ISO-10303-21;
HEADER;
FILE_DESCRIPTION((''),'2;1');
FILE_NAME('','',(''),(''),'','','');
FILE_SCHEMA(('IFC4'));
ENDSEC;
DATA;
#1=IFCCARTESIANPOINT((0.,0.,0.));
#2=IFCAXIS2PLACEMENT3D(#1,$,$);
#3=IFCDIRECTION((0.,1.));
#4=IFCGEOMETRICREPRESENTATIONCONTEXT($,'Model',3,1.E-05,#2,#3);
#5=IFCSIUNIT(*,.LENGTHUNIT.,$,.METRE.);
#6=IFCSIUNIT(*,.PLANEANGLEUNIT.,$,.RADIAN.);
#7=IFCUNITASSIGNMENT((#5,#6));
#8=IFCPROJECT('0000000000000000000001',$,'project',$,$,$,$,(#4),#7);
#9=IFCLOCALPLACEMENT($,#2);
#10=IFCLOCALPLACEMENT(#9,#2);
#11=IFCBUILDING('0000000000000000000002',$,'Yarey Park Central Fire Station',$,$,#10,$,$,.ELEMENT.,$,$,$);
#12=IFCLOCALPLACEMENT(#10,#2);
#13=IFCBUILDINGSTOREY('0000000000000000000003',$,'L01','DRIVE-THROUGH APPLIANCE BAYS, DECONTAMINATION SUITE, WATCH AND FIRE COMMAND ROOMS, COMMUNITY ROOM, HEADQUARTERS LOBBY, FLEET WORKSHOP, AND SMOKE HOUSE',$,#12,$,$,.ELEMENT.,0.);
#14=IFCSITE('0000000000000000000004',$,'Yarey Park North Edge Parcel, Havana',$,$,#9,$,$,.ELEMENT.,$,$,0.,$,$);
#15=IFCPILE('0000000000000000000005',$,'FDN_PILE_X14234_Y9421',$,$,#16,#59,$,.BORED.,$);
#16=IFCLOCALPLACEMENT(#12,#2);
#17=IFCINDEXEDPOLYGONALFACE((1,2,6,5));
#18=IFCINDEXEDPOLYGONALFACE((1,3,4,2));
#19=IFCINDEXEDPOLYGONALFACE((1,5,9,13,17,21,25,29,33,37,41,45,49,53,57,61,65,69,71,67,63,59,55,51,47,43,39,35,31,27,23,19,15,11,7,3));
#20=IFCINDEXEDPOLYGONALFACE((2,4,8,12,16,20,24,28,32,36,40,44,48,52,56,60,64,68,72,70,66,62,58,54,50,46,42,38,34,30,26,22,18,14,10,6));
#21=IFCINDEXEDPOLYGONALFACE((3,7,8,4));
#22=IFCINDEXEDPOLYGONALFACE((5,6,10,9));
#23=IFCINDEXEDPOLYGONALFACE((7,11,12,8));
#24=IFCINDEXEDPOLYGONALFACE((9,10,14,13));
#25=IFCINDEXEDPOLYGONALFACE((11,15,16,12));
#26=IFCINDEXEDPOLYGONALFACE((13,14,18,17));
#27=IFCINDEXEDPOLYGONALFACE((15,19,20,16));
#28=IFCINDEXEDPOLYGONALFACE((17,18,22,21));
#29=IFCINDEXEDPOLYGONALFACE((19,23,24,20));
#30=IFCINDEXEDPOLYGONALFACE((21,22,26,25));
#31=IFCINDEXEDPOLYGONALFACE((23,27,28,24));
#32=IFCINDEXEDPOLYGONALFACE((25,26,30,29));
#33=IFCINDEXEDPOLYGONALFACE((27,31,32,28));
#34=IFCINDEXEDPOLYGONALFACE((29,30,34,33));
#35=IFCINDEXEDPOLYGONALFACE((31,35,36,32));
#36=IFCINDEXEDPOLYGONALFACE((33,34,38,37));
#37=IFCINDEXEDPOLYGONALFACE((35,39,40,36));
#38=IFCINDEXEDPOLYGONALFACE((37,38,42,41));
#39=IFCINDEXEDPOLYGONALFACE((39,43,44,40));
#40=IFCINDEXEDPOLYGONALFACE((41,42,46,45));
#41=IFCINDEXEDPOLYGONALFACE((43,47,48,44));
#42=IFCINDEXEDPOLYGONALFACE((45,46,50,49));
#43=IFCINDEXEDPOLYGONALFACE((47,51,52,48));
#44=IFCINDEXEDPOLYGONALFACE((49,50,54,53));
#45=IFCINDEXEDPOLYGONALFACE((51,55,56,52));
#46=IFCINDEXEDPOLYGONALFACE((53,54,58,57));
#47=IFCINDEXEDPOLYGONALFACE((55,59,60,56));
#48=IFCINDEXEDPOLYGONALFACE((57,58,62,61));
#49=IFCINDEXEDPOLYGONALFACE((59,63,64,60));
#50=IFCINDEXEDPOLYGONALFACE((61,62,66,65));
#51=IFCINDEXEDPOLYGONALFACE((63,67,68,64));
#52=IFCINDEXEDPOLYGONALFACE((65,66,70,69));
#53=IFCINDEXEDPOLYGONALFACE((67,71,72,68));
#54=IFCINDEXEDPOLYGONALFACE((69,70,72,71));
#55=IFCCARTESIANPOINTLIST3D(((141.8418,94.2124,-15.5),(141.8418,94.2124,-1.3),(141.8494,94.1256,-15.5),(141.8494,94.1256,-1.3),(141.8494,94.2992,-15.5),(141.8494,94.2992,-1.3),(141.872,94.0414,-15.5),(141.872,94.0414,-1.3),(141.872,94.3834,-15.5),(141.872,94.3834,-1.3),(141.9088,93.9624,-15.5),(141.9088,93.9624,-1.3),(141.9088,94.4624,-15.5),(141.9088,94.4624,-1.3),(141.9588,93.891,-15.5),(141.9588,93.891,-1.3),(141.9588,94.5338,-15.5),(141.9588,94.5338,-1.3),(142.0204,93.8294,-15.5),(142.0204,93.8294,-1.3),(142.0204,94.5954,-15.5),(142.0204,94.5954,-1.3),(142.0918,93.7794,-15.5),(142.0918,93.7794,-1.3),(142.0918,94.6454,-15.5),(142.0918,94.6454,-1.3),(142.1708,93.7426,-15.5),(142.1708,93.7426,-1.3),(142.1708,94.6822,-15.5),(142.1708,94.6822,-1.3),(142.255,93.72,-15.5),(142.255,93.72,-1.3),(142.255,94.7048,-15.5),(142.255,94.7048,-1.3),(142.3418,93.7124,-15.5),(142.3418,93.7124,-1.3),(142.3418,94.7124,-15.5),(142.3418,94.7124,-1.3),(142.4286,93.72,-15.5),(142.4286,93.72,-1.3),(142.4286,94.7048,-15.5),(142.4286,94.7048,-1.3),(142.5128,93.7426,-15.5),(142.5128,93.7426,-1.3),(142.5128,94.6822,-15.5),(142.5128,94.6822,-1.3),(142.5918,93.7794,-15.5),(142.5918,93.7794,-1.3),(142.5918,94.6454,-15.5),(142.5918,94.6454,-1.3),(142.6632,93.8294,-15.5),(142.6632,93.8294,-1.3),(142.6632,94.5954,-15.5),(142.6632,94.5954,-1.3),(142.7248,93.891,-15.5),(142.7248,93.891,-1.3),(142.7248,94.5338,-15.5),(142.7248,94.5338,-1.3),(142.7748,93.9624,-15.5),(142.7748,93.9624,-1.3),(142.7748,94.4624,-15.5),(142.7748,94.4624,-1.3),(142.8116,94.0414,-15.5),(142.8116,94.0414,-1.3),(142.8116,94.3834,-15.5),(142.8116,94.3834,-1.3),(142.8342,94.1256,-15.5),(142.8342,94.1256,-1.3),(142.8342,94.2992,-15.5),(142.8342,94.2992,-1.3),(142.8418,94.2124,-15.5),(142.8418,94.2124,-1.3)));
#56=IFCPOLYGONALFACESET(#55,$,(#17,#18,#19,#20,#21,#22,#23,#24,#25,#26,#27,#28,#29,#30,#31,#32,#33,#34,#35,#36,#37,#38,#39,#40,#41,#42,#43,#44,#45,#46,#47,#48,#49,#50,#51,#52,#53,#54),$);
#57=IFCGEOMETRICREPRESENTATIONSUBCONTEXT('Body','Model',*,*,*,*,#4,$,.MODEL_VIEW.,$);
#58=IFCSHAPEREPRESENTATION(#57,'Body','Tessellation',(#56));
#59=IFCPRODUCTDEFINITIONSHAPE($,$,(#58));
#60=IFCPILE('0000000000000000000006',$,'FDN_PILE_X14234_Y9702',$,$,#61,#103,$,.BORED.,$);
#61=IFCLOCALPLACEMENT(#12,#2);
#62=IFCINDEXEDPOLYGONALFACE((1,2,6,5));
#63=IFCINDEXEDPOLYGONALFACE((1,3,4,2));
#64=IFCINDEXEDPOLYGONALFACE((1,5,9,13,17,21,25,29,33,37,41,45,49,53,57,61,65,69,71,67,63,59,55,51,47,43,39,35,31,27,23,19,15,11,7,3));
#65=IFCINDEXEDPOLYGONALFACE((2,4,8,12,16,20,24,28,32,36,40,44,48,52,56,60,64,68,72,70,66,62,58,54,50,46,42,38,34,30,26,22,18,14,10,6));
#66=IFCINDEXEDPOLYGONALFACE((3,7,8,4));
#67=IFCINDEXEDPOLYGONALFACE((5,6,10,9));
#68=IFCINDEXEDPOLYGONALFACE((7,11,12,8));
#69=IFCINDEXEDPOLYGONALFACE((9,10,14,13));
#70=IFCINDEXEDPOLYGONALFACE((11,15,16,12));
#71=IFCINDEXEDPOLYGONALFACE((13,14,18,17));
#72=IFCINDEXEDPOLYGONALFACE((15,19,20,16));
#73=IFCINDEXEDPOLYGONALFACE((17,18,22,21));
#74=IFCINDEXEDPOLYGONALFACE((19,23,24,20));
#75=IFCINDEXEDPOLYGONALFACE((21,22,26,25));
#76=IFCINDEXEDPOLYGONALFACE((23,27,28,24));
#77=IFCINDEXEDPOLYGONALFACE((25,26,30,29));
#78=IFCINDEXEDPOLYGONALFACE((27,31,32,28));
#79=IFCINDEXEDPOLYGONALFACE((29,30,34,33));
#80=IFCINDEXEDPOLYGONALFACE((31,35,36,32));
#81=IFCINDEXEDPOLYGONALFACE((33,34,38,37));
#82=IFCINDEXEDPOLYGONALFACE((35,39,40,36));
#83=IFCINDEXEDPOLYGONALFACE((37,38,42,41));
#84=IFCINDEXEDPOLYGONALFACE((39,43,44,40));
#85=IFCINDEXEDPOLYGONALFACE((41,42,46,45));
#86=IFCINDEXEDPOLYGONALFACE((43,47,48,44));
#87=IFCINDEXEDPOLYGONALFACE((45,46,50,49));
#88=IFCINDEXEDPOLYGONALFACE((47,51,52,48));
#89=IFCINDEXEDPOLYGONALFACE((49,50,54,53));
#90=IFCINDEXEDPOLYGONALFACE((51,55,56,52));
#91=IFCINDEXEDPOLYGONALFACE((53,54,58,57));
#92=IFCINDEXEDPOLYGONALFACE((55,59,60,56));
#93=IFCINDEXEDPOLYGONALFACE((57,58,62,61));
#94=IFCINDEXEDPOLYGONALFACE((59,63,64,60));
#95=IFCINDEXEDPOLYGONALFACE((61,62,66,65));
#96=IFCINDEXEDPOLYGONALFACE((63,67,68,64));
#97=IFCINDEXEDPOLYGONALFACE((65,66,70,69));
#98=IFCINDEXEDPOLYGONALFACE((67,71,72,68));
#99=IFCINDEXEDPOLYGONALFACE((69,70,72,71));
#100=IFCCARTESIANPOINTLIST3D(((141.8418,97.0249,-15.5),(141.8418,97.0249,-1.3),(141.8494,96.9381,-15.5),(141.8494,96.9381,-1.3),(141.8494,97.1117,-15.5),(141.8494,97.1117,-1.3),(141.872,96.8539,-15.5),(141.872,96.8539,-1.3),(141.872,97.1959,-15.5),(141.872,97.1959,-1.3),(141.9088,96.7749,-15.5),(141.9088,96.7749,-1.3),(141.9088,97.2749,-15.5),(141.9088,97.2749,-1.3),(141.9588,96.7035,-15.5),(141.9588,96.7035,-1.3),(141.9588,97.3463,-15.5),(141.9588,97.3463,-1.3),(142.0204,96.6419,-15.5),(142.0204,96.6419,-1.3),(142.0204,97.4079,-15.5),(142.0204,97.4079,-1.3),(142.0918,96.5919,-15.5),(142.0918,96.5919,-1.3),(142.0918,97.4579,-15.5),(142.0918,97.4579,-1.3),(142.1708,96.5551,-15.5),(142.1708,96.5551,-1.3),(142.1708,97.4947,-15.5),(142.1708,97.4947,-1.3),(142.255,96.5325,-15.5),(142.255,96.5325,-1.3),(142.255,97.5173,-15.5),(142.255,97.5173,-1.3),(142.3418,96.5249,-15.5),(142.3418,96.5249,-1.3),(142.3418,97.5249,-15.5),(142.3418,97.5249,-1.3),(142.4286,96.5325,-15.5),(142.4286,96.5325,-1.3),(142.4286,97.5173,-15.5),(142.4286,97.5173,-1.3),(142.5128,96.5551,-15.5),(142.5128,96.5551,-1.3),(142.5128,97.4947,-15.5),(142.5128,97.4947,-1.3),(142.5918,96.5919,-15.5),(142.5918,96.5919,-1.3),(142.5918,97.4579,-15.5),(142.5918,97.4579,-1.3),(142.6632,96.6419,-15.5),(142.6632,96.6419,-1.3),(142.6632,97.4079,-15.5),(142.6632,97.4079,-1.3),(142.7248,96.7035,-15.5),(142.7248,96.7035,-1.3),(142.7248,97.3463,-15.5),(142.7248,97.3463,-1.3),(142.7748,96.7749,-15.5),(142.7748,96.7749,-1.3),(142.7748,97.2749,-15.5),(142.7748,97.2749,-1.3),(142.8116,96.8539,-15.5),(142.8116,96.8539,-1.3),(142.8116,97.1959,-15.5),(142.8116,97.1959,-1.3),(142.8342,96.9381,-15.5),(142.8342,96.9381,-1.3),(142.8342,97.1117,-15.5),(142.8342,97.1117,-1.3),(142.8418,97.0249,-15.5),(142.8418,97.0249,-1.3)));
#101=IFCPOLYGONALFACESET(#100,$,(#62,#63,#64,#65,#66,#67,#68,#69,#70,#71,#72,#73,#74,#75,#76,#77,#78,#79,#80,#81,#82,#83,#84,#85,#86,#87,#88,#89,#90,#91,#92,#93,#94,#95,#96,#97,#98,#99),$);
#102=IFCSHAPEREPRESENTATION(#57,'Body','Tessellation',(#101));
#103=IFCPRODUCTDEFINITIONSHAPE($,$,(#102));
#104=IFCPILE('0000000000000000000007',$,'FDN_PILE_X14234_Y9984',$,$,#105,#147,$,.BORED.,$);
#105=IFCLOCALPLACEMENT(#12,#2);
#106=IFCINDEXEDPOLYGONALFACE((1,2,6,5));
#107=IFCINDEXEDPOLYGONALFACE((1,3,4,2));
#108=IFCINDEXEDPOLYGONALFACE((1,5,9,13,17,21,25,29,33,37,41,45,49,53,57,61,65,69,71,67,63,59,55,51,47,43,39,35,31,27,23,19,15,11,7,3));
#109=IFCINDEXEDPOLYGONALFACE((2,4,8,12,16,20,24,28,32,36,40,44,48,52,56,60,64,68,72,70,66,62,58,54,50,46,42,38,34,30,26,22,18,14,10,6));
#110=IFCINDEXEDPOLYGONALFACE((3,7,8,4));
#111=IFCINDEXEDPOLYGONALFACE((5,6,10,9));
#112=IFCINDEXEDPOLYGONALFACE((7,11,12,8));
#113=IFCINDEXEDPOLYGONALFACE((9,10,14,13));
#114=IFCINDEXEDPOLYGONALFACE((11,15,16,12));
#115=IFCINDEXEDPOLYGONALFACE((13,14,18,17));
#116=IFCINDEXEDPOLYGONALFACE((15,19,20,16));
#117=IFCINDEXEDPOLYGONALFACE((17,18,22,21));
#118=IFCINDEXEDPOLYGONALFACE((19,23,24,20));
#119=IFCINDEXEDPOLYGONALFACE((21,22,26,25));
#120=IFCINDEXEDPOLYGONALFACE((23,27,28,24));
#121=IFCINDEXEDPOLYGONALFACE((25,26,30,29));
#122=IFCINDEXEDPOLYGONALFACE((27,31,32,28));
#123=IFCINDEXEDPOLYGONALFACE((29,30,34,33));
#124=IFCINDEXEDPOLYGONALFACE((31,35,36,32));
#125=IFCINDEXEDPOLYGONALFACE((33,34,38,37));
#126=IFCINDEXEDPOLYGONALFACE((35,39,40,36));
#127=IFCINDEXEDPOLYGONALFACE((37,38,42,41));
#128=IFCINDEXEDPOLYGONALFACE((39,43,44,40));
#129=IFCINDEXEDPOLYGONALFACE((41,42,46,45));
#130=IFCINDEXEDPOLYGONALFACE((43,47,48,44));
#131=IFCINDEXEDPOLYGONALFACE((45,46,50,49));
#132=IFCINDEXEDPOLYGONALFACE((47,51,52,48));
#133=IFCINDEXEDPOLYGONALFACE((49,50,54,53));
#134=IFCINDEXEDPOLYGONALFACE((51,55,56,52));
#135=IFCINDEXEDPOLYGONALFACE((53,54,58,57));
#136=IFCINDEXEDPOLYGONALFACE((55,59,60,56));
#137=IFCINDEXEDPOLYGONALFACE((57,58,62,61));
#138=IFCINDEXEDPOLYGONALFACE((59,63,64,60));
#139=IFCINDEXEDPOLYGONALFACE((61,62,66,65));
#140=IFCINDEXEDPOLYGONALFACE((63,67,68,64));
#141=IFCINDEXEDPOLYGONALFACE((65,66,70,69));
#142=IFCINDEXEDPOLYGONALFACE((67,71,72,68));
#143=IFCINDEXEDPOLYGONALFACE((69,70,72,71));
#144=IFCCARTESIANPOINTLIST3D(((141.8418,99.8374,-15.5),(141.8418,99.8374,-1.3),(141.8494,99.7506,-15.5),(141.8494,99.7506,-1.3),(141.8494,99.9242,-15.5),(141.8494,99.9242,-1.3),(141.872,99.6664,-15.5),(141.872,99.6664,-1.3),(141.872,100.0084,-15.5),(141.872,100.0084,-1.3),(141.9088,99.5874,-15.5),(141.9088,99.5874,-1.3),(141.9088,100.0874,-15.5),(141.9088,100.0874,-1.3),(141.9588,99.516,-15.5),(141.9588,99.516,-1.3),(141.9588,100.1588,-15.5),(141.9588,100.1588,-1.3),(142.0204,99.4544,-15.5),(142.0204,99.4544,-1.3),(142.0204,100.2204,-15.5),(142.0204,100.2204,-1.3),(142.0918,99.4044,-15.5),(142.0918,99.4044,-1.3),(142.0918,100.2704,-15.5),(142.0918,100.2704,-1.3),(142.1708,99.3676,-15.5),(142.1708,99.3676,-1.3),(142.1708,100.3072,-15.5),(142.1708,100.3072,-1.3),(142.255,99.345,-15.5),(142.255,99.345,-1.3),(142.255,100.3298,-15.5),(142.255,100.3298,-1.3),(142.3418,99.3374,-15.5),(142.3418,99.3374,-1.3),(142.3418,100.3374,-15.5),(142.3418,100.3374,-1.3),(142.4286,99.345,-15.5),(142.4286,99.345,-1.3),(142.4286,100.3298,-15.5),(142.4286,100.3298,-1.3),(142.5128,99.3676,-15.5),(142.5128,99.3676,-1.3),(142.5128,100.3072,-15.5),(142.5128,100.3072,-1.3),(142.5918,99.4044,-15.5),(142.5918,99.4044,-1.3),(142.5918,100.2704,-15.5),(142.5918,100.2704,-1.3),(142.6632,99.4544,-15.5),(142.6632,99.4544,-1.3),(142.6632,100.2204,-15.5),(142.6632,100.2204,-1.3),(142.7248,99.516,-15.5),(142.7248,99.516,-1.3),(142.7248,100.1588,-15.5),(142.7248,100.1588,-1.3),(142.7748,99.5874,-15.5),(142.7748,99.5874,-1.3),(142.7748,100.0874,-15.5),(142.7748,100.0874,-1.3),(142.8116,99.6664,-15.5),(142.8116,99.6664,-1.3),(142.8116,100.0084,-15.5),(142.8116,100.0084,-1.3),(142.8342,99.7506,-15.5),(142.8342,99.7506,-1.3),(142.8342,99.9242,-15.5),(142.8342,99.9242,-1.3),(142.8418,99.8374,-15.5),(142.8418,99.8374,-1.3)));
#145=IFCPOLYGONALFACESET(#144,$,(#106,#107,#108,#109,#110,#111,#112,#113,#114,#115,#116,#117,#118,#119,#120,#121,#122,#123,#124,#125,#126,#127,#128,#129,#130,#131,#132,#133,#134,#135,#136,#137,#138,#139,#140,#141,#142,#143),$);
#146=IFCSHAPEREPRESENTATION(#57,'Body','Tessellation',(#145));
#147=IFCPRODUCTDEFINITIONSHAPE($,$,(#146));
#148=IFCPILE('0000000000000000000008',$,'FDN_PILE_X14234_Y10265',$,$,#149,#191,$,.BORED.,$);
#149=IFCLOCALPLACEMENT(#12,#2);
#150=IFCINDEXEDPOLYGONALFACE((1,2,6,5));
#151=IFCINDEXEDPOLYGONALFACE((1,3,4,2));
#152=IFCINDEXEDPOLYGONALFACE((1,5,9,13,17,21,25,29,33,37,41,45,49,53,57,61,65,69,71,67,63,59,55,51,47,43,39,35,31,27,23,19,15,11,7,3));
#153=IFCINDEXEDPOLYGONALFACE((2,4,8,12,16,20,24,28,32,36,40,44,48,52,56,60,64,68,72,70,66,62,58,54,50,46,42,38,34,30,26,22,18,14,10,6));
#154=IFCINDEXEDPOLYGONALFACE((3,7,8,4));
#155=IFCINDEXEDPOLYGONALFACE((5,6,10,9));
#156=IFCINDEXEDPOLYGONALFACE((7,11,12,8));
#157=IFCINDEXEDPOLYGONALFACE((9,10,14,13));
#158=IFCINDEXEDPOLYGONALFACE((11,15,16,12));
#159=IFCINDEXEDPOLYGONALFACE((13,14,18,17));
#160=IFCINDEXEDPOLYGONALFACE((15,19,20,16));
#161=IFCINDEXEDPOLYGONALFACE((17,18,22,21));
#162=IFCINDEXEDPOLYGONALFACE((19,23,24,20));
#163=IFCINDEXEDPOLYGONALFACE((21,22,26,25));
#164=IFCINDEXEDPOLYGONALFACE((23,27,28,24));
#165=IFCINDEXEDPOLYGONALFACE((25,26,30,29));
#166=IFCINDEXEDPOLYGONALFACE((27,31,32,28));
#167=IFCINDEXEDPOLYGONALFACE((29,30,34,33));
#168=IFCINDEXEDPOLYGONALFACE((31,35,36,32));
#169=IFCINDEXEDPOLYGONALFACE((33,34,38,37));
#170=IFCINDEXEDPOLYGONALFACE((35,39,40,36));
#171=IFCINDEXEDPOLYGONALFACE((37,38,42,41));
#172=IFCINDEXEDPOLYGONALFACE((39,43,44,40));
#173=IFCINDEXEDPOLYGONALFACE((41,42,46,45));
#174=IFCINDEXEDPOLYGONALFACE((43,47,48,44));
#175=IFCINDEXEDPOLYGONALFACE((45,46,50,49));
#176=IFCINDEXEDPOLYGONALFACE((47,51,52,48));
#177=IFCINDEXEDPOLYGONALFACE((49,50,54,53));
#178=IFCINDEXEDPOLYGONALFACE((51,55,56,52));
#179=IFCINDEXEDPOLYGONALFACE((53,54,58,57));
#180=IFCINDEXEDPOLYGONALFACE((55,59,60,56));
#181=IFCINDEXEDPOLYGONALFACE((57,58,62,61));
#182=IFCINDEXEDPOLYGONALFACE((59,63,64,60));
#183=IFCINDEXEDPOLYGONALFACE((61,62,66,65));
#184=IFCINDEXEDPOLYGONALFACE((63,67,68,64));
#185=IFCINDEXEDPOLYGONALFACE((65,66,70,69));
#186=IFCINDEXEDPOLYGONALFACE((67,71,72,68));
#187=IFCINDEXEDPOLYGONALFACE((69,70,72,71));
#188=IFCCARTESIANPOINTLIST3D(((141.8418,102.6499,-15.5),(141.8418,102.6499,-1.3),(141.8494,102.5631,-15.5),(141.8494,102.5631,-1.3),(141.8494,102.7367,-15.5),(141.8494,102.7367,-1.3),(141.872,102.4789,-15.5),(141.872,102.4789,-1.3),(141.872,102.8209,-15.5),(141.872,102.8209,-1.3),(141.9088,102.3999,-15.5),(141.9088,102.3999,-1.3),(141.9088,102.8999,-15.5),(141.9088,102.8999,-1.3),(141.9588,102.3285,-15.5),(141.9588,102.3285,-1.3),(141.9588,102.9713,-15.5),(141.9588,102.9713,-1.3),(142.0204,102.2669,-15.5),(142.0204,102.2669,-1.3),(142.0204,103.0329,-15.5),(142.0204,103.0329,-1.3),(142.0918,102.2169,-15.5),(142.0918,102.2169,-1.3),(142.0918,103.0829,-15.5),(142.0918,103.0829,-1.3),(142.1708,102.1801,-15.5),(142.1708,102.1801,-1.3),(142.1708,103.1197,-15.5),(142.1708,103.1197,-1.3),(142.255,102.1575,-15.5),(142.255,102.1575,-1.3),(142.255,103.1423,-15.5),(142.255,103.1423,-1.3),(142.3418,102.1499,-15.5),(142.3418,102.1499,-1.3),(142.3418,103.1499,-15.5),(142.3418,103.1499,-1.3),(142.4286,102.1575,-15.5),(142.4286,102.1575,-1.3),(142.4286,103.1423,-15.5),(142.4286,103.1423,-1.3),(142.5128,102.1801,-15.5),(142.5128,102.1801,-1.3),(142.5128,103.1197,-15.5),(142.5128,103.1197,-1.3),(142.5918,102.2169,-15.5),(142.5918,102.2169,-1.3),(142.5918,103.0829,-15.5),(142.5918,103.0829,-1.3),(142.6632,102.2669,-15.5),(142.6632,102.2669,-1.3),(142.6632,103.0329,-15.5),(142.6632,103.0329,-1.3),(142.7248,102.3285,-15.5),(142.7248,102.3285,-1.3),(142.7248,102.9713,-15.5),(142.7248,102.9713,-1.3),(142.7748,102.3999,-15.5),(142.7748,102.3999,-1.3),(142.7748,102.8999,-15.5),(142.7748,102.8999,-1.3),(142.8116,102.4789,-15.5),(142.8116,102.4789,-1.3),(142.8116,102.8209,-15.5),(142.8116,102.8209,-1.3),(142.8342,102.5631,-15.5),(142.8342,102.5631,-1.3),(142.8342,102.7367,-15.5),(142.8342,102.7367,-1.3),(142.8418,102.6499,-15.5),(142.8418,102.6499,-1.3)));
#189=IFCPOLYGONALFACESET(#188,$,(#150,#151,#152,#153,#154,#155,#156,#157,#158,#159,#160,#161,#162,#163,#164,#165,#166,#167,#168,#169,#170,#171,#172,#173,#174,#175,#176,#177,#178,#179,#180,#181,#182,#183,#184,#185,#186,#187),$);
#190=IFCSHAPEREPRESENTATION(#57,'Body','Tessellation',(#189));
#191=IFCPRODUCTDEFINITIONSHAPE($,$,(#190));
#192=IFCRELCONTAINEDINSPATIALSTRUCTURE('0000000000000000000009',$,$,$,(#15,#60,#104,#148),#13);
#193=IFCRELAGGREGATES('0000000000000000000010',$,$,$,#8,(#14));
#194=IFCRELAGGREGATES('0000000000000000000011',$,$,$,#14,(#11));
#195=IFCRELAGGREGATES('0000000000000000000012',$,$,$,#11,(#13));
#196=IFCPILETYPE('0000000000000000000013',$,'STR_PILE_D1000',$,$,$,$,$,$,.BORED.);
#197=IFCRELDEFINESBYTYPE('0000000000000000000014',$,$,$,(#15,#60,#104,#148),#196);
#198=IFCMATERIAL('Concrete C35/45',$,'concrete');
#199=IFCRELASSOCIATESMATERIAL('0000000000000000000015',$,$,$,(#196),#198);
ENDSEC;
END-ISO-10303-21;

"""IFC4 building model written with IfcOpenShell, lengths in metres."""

from ifc_helpers import new_model, si_unit, direction, frame, origin, origin_2d, place, context, subcontext, project, spatial, circle, extrude, material, material_profile, profile_set, type_object, element, save


model = new_model("IFC4")

# Units and contexts
model_context = context("Model", 3, precision=1e-05, world=origin(), true_north=direction((0.0, 1.0)))
body_context = subcontext(model_context, "Body", "Model", "MODEL_VIEW")
ifc_project = project(units=[si_unit("LENGTHUNIT", "METRE"), si_unit("PLANEANGLEUNIT", "RADIAN")], contexts=[model_context])

# Site, building, storey
site_placement = place(None, origin())
site = spatial("IfcSite", under=ifc_project, at=site_placement, Name="Yarey Park North Edge Parcel, Havana", CompositionType="ELEMENT", RefElevation=0.0)
building_placement = place(site_placement, origin())
building = spatial("IfcBuilding", under=site, at=building_placement, Name="Yarey Park Central Fire Station", CompositionType="ELEMENT")
storey_placement = place(building_placement, origin())
storey = spatial("IfcBuildingStorey", under=building, at=storey_placement, Name="L01", Description="DRIVE-THROUGH APPLIANCE BAYS, DECONTAMINATION SUITE, WATCH AND FIRE COMMAND ROOMS, COMMUNITY ROOM, HEADQUARTERS LOBBY, FLEET WORKSHOP, AND SMOKE HOUSE", CompositionType="ELEMENT", Elevation=0.0)

# Shared definitions
ifc_material_1 = material(Name="Concrete C35/45", Category="concrete")

# Piles
ifc_material_profile_1 = material_profile(ifc_material_1, circle(Radius=0.5, at=origin_2d()), Name="BORED PILE D1000")
ifc_profile_set_1 = profile_set([ifc_material_profile_1], Name="Concrete C35/45")
pile_type_1 = type_object("IfcPileType", Name="STR_PILE_D1000", PredefinedType="BORED", material=ifc_profile_set_1)
for number, where, z_axis, x_axis, name in (
    (1, (142.3418, 94.2124, -1.3), (0.0, 0.0, -1.0), (1.0, 0.0, 0.0), "FDN_PILE_X14234_Y9421"),
    (2, (142.3418, 97.0249, -1.3), (0.0, 0.0, -1.0), (1.0, 0.0, 0.0), "FDN_PILE_X14234_Y9702"),
    (3, (142.3418, 99.8374, -1.3), (0.0, 0.0, -1.0), (1.0, 0.0, 0.0), "FDN_PILE_X14234_Y9984"),
    (4, (142.3418, 102.6499, -1.3), (0.0, 0.0, -1.0), (1.0, 0.0, 0.0), "FDN_PILE_X14234_Y10265"),
):
    element("IfcPile", number, at=place(storey_placement, frame(where, z_axis=z_axis, x_axis=x_axis)), inside=storey, type_object=pile_type_1, Name=name, PredefinedType="BORED", context=body_context, shape_type="SweptSolid", body=[
        extrude(circle(Radius=0.5, at=origin_2d()), origin(), (0.0, 0.0, 1.0), 14.2),
    ])

save(model, "model.ifc")
